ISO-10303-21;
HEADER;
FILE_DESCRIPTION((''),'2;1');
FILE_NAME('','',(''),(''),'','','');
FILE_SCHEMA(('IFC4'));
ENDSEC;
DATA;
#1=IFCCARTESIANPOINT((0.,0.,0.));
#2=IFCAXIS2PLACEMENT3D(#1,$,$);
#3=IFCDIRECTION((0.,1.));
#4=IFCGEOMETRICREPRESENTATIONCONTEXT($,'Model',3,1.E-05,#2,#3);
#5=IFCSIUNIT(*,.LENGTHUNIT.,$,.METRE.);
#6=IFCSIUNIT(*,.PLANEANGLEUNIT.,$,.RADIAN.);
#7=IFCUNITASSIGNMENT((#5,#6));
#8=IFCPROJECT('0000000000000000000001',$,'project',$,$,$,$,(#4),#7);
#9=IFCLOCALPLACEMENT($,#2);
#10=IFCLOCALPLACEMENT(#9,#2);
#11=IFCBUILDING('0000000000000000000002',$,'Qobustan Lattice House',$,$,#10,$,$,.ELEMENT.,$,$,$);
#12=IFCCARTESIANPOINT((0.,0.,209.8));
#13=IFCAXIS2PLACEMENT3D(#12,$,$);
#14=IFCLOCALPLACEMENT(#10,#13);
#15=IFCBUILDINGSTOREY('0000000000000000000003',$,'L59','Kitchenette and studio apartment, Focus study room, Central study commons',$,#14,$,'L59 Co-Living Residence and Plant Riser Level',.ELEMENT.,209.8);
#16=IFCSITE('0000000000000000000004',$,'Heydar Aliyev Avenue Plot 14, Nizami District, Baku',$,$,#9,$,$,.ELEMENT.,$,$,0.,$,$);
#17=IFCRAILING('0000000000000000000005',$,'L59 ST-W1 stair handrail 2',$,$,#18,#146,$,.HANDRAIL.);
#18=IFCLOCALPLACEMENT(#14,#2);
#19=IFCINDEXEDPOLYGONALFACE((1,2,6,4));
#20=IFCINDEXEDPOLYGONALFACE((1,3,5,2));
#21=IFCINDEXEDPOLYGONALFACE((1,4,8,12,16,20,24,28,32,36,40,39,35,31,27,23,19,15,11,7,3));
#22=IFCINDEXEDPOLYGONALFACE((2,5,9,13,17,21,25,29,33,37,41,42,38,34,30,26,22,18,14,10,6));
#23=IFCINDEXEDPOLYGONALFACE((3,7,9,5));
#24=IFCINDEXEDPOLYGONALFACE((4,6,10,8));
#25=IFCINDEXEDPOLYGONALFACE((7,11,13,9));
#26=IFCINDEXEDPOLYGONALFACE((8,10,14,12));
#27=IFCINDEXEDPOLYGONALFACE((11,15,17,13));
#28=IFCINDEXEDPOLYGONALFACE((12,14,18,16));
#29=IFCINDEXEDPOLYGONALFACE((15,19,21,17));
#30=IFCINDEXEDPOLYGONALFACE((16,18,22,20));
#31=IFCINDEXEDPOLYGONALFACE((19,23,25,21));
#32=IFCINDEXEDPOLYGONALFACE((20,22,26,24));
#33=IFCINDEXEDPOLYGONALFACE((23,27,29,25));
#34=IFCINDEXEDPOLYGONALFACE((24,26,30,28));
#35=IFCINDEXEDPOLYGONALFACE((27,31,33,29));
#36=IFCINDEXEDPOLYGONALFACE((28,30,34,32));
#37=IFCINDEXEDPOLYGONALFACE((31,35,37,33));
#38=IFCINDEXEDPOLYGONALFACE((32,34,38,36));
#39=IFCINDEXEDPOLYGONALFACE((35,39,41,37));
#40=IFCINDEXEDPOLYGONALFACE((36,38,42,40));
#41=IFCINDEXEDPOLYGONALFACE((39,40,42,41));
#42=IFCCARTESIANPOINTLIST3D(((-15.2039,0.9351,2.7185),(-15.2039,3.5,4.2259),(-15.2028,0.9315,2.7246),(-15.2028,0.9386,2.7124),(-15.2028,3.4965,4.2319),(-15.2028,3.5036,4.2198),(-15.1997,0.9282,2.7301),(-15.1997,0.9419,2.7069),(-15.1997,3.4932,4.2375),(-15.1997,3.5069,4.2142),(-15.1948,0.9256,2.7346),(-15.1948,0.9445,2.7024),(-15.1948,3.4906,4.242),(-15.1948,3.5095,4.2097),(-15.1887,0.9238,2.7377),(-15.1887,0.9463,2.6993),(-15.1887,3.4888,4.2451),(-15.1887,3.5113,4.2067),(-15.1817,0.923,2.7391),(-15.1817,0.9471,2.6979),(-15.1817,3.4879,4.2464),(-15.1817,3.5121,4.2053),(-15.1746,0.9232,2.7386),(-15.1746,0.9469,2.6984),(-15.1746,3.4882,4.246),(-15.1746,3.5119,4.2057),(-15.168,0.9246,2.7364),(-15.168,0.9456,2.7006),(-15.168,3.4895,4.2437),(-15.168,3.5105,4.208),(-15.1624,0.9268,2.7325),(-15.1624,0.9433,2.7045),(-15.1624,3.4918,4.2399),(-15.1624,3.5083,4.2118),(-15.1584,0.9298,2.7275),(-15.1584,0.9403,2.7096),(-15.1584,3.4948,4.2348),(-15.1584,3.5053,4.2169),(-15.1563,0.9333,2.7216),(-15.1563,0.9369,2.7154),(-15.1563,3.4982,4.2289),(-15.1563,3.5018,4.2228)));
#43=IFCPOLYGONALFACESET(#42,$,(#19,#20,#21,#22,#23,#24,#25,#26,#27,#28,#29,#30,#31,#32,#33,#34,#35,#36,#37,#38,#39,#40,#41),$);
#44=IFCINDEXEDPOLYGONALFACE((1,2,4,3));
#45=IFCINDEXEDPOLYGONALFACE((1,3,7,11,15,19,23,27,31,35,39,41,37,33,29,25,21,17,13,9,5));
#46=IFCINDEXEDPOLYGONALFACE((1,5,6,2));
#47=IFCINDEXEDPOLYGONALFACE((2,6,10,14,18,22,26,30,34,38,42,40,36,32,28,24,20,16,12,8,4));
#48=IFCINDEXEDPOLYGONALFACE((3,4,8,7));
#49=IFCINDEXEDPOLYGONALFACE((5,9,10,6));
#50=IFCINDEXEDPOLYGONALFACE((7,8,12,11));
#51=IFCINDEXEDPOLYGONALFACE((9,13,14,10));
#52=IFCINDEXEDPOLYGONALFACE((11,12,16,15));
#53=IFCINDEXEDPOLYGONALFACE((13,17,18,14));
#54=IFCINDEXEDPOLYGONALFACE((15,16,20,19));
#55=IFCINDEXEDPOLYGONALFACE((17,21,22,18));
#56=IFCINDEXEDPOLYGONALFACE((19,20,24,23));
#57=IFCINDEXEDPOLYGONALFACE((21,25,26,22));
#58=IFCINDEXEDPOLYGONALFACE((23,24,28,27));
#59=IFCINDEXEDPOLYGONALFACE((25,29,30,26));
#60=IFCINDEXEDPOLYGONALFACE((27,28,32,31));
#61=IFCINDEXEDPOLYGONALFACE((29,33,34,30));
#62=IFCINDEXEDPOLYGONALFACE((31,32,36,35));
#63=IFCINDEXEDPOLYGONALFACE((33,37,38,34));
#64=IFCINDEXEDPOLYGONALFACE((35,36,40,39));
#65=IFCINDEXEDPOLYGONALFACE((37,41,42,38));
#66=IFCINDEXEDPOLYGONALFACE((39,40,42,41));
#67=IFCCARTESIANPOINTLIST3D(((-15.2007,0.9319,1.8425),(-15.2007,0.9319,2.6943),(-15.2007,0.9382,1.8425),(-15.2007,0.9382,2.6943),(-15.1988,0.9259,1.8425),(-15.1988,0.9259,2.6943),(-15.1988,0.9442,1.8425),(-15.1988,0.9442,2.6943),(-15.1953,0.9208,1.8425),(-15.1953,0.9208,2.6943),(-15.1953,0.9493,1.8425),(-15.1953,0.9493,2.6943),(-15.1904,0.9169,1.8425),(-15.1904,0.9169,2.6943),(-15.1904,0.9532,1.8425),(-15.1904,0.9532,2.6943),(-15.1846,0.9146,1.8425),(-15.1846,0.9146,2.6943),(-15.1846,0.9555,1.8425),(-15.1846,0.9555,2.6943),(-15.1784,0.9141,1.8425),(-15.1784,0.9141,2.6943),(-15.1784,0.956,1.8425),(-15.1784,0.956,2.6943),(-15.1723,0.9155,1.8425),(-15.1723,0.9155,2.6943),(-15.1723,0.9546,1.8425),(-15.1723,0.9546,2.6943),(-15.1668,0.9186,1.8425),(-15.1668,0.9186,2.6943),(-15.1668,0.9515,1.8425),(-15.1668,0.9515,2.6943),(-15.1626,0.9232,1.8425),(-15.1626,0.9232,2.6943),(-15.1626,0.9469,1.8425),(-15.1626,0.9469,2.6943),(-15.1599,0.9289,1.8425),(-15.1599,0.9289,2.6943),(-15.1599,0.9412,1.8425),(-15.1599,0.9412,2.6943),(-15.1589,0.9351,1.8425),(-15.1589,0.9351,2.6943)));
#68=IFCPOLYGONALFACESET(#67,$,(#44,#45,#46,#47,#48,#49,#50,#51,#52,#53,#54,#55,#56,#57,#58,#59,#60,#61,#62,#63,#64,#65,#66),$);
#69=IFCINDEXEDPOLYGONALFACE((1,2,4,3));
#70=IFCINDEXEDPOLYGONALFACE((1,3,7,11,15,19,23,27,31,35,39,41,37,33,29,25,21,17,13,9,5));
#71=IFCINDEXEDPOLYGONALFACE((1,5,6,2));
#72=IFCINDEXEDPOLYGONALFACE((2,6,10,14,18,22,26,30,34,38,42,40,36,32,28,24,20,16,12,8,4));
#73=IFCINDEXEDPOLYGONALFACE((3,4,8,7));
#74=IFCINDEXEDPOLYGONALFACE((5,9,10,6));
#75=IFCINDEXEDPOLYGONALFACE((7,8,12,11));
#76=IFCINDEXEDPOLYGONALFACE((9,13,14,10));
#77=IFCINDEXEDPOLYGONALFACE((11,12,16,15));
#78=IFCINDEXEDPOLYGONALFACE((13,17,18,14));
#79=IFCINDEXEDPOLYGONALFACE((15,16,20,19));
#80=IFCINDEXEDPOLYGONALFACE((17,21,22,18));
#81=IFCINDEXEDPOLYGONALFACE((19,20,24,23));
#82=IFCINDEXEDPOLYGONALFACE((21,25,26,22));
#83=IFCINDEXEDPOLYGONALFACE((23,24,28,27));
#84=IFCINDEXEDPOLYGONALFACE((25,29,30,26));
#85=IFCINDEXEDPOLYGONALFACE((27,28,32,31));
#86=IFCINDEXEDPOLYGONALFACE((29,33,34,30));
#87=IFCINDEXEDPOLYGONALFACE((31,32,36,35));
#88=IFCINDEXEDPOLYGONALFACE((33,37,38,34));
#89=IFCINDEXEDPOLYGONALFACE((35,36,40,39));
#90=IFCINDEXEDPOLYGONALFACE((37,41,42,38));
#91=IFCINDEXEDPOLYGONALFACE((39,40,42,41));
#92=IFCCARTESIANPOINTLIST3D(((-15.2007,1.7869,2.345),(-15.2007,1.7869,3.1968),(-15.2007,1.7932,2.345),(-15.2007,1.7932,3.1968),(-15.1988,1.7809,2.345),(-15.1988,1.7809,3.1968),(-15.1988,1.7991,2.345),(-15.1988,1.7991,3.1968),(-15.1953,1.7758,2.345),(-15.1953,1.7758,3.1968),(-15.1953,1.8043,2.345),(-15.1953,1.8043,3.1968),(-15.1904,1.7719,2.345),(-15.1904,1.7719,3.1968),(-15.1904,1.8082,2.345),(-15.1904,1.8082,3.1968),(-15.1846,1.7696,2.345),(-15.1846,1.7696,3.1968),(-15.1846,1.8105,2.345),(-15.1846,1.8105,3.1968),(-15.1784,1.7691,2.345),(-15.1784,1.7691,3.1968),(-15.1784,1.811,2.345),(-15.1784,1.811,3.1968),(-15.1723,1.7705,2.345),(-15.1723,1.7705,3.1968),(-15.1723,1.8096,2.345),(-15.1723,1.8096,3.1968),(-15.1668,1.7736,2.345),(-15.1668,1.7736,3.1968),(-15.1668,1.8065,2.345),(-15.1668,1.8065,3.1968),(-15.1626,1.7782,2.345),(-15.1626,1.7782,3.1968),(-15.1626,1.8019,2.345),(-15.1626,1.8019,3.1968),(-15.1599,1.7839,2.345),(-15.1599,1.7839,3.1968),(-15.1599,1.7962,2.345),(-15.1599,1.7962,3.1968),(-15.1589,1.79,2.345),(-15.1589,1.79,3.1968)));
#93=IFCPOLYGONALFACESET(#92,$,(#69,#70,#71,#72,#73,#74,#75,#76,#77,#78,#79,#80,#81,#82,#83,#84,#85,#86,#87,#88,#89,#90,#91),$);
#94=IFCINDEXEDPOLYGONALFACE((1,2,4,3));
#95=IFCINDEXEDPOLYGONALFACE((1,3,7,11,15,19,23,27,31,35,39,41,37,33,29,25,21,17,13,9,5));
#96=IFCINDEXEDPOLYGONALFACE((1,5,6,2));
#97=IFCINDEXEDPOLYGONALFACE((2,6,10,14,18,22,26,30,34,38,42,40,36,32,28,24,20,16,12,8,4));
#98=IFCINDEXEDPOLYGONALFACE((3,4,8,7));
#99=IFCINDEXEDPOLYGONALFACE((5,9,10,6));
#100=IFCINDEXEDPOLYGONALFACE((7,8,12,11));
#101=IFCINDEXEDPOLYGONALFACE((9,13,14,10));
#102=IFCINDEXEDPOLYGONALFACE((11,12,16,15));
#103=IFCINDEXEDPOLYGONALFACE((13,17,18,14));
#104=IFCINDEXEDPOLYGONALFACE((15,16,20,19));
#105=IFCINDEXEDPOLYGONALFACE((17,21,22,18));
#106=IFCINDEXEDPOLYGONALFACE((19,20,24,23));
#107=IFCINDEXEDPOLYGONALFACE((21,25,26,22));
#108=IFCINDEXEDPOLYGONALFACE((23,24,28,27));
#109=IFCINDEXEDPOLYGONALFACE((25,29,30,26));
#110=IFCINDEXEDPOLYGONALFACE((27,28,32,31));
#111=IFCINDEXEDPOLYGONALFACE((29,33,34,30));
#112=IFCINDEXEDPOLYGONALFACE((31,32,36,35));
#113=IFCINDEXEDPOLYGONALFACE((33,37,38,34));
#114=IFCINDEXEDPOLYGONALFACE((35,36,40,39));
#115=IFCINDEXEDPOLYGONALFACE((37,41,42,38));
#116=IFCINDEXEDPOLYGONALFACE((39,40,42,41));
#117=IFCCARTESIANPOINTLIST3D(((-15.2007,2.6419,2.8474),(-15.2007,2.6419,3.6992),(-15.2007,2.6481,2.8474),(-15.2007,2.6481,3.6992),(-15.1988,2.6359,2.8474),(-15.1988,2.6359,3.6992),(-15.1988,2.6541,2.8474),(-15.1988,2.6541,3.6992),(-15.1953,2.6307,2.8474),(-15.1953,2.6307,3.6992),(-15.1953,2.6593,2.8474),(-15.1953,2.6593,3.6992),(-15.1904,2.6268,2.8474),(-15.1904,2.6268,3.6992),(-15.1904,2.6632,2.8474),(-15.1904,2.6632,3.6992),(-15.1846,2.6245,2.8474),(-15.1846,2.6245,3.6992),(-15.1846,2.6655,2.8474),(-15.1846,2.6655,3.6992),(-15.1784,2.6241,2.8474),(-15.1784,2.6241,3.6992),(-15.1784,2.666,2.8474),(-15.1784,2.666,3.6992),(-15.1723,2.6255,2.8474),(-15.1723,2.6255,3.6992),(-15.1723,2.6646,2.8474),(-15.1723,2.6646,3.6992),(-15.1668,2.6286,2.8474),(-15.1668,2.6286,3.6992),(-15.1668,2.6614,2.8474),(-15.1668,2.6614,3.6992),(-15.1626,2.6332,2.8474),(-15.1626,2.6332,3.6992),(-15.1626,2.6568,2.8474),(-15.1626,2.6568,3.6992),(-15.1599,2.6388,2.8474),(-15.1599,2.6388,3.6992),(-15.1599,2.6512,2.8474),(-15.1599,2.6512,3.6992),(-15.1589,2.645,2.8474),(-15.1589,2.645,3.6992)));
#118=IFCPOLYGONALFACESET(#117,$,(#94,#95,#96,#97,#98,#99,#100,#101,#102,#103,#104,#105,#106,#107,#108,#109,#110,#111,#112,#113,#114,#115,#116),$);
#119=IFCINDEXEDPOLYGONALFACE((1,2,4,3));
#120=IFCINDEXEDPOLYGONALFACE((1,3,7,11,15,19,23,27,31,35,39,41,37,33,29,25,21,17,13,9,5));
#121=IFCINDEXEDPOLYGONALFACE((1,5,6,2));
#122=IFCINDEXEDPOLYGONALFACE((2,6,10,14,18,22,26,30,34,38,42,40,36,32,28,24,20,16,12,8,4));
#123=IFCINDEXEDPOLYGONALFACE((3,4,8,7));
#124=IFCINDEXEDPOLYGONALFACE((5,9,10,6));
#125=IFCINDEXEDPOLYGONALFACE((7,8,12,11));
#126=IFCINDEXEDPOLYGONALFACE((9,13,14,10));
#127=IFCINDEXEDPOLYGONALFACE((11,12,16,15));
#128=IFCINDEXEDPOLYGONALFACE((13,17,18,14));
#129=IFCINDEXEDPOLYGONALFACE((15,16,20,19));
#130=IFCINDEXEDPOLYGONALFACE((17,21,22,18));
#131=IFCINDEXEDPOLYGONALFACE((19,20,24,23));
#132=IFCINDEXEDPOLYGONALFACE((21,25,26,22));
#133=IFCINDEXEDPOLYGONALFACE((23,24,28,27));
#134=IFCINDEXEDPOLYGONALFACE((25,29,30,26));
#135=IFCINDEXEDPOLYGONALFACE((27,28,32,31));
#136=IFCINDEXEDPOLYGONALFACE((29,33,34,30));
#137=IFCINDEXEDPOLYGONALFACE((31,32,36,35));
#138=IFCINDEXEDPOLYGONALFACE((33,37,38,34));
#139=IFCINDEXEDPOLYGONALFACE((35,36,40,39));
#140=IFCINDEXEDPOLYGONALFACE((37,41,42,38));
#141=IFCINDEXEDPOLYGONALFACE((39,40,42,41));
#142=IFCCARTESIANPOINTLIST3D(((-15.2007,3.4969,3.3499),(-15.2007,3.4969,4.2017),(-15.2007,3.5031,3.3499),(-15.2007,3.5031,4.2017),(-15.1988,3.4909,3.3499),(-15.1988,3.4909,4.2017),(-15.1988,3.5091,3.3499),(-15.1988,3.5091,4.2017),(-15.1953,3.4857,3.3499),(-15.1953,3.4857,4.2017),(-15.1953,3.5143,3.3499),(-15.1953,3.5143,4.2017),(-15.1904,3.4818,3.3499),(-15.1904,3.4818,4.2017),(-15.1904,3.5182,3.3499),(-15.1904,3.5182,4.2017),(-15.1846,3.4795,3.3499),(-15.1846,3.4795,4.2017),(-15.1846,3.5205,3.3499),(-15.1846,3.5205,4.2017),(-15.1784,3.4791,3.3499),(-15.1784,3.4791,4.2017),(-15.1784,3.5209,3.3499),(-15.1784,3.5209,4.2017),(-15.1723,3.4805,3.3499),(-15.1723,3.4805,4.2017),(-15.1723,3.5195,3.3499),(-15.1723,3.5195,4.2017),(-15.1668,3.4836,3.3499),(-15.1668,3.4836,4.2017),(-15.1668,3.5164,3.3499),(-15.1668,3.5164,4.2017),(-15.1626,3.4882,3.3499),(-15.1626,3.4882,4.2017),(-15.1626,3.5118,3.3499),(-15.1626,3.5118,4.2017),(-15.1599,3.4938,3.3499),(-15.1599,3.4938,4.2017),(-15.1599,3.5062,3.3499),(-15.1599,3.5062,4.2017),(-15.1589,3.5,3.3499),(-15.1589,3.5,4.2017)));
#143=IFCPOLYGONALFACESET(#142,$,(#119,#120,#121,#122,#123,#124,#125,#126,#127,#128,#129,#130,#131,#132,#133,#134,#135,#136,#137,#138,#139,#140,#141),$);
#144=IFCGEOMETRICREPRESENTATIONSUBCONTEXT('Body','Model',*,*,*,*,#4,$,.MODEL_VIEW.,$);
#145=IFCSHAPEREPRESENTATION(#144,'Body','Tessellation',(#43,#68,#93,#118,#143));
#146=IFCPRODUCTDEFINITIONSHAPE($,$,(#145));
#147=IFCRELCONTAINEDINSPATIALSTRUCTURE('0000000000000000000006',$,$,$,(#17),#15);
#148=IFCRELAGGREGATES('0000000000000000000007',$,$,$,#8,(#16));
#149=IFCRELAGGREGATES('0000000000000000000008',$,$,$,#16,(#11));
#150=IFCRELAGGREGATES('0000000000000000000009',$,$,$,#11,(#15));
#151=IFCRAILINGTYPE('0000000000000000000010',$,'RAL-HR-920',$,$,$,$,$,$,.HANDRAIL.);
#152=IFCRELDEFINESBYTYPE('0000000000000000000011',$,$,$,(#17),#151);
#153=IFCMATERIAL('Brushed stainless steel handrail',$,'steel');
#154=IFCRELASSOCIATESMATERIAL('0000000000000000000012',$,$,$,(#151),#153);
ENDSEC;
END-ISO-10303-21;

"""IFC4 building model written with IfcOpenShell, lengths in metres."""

from ifc_helpers import new_model, si_unit, direction, frame, origin, origin_2d, place, context, subcontext, project, spatial, circle, extrude, material, type_object, element, save


model = new_model("IFC4")

# Units and contexts
model_context = context("Model", 3, precision=1e-05, world=origin(), true_north=direction((0.0, 1.0)))
body_context = subcontext(model_context, "Body", "Model", "MODEL_VIEW")
ifc_project = project(units=[si_unit("LENGTHUNIT", "METRE"), si_unit("PLANEANGLEUNIT", "RADIAN")], contexts=[model_context])

# Site, building, storey
site_placement = place(None, origin())
site = spatial("IfcSite", under=ifc_project, at=site_placement, Name="Heydar Aliyev Avenue Plot 14, Nizami District, Baku", CompositionType="ELEMENT", RefElevation=0.0)
building_placement = place(site_placement, origin())
building = spatial("IfcBuilding", under=site, at=building_placement, Name="Qobustan Lattice House", CompositionType="ELEMENT")
storey_placement = place(building_placement, frame((0.0, 0.0, 209.8)))
storey = spatial("IfcBuildingStorey", under=building, at=storey_placement, Name="L59", Description="Kitchenette and studio apartment, Focus study room, Central study commons", LongName="L59 Co-Living Residence and Plant Riser Level", CompositionType="ELEMENT", Elevation=209.8)

# Railing
ifc_material_1 = material(Name="Brushed stainless steel handrail", Category="steel")
railing_type = type_object("IfcRailingType", Name="RAL-HR-920", PredefinedType="HANDRAIL", material=ifc_material_1)
railing_placement = place(storey_placement, frame((-15.1799, 0.9351, 1.8425)))
element("IfcRailing", 1, at=railing_placement, inside=storey, type_object=railing_type, Name="L59 ST-W1 stair handrail 2", PredefinedType="HANDRAIL", context=body_context, shape_type="SweptSolid", body=[
    extrude(circle(Radius=0.0239, at=origin_2d()), frame((0.0, 0.0, 0.876), z_axis=(0.0, 0.862149, 0.506654), x_axis=(-1.0, 0.0, 0.0)), (0.0, 0.0, 1.0), 2.9751),
    extrude(circle(Radius=0.021, at=origin_2d()), origin(), (0.0, 0.0, 1.0), 0.8518),
    extrude(circle(Radius=0.021, at=origin_2d()), frame((0.0, 0.855, 0.5024)), (0.0, 0.0, 1.0), 0.8518),
    extrude(circle(Radius=0.021, at=origin_2d()), frame((0.0, 1.71, 1.0049)), (0.0, 0.0, 1.0), 0.8518),
    extrude(circle(Radius=0.021, at=origin_2d()), frame((0.0, 2.5649, 1.5073)), (0.0, 0.0, 1.0), 0.8518),
])

save(model, "model.ifc")
